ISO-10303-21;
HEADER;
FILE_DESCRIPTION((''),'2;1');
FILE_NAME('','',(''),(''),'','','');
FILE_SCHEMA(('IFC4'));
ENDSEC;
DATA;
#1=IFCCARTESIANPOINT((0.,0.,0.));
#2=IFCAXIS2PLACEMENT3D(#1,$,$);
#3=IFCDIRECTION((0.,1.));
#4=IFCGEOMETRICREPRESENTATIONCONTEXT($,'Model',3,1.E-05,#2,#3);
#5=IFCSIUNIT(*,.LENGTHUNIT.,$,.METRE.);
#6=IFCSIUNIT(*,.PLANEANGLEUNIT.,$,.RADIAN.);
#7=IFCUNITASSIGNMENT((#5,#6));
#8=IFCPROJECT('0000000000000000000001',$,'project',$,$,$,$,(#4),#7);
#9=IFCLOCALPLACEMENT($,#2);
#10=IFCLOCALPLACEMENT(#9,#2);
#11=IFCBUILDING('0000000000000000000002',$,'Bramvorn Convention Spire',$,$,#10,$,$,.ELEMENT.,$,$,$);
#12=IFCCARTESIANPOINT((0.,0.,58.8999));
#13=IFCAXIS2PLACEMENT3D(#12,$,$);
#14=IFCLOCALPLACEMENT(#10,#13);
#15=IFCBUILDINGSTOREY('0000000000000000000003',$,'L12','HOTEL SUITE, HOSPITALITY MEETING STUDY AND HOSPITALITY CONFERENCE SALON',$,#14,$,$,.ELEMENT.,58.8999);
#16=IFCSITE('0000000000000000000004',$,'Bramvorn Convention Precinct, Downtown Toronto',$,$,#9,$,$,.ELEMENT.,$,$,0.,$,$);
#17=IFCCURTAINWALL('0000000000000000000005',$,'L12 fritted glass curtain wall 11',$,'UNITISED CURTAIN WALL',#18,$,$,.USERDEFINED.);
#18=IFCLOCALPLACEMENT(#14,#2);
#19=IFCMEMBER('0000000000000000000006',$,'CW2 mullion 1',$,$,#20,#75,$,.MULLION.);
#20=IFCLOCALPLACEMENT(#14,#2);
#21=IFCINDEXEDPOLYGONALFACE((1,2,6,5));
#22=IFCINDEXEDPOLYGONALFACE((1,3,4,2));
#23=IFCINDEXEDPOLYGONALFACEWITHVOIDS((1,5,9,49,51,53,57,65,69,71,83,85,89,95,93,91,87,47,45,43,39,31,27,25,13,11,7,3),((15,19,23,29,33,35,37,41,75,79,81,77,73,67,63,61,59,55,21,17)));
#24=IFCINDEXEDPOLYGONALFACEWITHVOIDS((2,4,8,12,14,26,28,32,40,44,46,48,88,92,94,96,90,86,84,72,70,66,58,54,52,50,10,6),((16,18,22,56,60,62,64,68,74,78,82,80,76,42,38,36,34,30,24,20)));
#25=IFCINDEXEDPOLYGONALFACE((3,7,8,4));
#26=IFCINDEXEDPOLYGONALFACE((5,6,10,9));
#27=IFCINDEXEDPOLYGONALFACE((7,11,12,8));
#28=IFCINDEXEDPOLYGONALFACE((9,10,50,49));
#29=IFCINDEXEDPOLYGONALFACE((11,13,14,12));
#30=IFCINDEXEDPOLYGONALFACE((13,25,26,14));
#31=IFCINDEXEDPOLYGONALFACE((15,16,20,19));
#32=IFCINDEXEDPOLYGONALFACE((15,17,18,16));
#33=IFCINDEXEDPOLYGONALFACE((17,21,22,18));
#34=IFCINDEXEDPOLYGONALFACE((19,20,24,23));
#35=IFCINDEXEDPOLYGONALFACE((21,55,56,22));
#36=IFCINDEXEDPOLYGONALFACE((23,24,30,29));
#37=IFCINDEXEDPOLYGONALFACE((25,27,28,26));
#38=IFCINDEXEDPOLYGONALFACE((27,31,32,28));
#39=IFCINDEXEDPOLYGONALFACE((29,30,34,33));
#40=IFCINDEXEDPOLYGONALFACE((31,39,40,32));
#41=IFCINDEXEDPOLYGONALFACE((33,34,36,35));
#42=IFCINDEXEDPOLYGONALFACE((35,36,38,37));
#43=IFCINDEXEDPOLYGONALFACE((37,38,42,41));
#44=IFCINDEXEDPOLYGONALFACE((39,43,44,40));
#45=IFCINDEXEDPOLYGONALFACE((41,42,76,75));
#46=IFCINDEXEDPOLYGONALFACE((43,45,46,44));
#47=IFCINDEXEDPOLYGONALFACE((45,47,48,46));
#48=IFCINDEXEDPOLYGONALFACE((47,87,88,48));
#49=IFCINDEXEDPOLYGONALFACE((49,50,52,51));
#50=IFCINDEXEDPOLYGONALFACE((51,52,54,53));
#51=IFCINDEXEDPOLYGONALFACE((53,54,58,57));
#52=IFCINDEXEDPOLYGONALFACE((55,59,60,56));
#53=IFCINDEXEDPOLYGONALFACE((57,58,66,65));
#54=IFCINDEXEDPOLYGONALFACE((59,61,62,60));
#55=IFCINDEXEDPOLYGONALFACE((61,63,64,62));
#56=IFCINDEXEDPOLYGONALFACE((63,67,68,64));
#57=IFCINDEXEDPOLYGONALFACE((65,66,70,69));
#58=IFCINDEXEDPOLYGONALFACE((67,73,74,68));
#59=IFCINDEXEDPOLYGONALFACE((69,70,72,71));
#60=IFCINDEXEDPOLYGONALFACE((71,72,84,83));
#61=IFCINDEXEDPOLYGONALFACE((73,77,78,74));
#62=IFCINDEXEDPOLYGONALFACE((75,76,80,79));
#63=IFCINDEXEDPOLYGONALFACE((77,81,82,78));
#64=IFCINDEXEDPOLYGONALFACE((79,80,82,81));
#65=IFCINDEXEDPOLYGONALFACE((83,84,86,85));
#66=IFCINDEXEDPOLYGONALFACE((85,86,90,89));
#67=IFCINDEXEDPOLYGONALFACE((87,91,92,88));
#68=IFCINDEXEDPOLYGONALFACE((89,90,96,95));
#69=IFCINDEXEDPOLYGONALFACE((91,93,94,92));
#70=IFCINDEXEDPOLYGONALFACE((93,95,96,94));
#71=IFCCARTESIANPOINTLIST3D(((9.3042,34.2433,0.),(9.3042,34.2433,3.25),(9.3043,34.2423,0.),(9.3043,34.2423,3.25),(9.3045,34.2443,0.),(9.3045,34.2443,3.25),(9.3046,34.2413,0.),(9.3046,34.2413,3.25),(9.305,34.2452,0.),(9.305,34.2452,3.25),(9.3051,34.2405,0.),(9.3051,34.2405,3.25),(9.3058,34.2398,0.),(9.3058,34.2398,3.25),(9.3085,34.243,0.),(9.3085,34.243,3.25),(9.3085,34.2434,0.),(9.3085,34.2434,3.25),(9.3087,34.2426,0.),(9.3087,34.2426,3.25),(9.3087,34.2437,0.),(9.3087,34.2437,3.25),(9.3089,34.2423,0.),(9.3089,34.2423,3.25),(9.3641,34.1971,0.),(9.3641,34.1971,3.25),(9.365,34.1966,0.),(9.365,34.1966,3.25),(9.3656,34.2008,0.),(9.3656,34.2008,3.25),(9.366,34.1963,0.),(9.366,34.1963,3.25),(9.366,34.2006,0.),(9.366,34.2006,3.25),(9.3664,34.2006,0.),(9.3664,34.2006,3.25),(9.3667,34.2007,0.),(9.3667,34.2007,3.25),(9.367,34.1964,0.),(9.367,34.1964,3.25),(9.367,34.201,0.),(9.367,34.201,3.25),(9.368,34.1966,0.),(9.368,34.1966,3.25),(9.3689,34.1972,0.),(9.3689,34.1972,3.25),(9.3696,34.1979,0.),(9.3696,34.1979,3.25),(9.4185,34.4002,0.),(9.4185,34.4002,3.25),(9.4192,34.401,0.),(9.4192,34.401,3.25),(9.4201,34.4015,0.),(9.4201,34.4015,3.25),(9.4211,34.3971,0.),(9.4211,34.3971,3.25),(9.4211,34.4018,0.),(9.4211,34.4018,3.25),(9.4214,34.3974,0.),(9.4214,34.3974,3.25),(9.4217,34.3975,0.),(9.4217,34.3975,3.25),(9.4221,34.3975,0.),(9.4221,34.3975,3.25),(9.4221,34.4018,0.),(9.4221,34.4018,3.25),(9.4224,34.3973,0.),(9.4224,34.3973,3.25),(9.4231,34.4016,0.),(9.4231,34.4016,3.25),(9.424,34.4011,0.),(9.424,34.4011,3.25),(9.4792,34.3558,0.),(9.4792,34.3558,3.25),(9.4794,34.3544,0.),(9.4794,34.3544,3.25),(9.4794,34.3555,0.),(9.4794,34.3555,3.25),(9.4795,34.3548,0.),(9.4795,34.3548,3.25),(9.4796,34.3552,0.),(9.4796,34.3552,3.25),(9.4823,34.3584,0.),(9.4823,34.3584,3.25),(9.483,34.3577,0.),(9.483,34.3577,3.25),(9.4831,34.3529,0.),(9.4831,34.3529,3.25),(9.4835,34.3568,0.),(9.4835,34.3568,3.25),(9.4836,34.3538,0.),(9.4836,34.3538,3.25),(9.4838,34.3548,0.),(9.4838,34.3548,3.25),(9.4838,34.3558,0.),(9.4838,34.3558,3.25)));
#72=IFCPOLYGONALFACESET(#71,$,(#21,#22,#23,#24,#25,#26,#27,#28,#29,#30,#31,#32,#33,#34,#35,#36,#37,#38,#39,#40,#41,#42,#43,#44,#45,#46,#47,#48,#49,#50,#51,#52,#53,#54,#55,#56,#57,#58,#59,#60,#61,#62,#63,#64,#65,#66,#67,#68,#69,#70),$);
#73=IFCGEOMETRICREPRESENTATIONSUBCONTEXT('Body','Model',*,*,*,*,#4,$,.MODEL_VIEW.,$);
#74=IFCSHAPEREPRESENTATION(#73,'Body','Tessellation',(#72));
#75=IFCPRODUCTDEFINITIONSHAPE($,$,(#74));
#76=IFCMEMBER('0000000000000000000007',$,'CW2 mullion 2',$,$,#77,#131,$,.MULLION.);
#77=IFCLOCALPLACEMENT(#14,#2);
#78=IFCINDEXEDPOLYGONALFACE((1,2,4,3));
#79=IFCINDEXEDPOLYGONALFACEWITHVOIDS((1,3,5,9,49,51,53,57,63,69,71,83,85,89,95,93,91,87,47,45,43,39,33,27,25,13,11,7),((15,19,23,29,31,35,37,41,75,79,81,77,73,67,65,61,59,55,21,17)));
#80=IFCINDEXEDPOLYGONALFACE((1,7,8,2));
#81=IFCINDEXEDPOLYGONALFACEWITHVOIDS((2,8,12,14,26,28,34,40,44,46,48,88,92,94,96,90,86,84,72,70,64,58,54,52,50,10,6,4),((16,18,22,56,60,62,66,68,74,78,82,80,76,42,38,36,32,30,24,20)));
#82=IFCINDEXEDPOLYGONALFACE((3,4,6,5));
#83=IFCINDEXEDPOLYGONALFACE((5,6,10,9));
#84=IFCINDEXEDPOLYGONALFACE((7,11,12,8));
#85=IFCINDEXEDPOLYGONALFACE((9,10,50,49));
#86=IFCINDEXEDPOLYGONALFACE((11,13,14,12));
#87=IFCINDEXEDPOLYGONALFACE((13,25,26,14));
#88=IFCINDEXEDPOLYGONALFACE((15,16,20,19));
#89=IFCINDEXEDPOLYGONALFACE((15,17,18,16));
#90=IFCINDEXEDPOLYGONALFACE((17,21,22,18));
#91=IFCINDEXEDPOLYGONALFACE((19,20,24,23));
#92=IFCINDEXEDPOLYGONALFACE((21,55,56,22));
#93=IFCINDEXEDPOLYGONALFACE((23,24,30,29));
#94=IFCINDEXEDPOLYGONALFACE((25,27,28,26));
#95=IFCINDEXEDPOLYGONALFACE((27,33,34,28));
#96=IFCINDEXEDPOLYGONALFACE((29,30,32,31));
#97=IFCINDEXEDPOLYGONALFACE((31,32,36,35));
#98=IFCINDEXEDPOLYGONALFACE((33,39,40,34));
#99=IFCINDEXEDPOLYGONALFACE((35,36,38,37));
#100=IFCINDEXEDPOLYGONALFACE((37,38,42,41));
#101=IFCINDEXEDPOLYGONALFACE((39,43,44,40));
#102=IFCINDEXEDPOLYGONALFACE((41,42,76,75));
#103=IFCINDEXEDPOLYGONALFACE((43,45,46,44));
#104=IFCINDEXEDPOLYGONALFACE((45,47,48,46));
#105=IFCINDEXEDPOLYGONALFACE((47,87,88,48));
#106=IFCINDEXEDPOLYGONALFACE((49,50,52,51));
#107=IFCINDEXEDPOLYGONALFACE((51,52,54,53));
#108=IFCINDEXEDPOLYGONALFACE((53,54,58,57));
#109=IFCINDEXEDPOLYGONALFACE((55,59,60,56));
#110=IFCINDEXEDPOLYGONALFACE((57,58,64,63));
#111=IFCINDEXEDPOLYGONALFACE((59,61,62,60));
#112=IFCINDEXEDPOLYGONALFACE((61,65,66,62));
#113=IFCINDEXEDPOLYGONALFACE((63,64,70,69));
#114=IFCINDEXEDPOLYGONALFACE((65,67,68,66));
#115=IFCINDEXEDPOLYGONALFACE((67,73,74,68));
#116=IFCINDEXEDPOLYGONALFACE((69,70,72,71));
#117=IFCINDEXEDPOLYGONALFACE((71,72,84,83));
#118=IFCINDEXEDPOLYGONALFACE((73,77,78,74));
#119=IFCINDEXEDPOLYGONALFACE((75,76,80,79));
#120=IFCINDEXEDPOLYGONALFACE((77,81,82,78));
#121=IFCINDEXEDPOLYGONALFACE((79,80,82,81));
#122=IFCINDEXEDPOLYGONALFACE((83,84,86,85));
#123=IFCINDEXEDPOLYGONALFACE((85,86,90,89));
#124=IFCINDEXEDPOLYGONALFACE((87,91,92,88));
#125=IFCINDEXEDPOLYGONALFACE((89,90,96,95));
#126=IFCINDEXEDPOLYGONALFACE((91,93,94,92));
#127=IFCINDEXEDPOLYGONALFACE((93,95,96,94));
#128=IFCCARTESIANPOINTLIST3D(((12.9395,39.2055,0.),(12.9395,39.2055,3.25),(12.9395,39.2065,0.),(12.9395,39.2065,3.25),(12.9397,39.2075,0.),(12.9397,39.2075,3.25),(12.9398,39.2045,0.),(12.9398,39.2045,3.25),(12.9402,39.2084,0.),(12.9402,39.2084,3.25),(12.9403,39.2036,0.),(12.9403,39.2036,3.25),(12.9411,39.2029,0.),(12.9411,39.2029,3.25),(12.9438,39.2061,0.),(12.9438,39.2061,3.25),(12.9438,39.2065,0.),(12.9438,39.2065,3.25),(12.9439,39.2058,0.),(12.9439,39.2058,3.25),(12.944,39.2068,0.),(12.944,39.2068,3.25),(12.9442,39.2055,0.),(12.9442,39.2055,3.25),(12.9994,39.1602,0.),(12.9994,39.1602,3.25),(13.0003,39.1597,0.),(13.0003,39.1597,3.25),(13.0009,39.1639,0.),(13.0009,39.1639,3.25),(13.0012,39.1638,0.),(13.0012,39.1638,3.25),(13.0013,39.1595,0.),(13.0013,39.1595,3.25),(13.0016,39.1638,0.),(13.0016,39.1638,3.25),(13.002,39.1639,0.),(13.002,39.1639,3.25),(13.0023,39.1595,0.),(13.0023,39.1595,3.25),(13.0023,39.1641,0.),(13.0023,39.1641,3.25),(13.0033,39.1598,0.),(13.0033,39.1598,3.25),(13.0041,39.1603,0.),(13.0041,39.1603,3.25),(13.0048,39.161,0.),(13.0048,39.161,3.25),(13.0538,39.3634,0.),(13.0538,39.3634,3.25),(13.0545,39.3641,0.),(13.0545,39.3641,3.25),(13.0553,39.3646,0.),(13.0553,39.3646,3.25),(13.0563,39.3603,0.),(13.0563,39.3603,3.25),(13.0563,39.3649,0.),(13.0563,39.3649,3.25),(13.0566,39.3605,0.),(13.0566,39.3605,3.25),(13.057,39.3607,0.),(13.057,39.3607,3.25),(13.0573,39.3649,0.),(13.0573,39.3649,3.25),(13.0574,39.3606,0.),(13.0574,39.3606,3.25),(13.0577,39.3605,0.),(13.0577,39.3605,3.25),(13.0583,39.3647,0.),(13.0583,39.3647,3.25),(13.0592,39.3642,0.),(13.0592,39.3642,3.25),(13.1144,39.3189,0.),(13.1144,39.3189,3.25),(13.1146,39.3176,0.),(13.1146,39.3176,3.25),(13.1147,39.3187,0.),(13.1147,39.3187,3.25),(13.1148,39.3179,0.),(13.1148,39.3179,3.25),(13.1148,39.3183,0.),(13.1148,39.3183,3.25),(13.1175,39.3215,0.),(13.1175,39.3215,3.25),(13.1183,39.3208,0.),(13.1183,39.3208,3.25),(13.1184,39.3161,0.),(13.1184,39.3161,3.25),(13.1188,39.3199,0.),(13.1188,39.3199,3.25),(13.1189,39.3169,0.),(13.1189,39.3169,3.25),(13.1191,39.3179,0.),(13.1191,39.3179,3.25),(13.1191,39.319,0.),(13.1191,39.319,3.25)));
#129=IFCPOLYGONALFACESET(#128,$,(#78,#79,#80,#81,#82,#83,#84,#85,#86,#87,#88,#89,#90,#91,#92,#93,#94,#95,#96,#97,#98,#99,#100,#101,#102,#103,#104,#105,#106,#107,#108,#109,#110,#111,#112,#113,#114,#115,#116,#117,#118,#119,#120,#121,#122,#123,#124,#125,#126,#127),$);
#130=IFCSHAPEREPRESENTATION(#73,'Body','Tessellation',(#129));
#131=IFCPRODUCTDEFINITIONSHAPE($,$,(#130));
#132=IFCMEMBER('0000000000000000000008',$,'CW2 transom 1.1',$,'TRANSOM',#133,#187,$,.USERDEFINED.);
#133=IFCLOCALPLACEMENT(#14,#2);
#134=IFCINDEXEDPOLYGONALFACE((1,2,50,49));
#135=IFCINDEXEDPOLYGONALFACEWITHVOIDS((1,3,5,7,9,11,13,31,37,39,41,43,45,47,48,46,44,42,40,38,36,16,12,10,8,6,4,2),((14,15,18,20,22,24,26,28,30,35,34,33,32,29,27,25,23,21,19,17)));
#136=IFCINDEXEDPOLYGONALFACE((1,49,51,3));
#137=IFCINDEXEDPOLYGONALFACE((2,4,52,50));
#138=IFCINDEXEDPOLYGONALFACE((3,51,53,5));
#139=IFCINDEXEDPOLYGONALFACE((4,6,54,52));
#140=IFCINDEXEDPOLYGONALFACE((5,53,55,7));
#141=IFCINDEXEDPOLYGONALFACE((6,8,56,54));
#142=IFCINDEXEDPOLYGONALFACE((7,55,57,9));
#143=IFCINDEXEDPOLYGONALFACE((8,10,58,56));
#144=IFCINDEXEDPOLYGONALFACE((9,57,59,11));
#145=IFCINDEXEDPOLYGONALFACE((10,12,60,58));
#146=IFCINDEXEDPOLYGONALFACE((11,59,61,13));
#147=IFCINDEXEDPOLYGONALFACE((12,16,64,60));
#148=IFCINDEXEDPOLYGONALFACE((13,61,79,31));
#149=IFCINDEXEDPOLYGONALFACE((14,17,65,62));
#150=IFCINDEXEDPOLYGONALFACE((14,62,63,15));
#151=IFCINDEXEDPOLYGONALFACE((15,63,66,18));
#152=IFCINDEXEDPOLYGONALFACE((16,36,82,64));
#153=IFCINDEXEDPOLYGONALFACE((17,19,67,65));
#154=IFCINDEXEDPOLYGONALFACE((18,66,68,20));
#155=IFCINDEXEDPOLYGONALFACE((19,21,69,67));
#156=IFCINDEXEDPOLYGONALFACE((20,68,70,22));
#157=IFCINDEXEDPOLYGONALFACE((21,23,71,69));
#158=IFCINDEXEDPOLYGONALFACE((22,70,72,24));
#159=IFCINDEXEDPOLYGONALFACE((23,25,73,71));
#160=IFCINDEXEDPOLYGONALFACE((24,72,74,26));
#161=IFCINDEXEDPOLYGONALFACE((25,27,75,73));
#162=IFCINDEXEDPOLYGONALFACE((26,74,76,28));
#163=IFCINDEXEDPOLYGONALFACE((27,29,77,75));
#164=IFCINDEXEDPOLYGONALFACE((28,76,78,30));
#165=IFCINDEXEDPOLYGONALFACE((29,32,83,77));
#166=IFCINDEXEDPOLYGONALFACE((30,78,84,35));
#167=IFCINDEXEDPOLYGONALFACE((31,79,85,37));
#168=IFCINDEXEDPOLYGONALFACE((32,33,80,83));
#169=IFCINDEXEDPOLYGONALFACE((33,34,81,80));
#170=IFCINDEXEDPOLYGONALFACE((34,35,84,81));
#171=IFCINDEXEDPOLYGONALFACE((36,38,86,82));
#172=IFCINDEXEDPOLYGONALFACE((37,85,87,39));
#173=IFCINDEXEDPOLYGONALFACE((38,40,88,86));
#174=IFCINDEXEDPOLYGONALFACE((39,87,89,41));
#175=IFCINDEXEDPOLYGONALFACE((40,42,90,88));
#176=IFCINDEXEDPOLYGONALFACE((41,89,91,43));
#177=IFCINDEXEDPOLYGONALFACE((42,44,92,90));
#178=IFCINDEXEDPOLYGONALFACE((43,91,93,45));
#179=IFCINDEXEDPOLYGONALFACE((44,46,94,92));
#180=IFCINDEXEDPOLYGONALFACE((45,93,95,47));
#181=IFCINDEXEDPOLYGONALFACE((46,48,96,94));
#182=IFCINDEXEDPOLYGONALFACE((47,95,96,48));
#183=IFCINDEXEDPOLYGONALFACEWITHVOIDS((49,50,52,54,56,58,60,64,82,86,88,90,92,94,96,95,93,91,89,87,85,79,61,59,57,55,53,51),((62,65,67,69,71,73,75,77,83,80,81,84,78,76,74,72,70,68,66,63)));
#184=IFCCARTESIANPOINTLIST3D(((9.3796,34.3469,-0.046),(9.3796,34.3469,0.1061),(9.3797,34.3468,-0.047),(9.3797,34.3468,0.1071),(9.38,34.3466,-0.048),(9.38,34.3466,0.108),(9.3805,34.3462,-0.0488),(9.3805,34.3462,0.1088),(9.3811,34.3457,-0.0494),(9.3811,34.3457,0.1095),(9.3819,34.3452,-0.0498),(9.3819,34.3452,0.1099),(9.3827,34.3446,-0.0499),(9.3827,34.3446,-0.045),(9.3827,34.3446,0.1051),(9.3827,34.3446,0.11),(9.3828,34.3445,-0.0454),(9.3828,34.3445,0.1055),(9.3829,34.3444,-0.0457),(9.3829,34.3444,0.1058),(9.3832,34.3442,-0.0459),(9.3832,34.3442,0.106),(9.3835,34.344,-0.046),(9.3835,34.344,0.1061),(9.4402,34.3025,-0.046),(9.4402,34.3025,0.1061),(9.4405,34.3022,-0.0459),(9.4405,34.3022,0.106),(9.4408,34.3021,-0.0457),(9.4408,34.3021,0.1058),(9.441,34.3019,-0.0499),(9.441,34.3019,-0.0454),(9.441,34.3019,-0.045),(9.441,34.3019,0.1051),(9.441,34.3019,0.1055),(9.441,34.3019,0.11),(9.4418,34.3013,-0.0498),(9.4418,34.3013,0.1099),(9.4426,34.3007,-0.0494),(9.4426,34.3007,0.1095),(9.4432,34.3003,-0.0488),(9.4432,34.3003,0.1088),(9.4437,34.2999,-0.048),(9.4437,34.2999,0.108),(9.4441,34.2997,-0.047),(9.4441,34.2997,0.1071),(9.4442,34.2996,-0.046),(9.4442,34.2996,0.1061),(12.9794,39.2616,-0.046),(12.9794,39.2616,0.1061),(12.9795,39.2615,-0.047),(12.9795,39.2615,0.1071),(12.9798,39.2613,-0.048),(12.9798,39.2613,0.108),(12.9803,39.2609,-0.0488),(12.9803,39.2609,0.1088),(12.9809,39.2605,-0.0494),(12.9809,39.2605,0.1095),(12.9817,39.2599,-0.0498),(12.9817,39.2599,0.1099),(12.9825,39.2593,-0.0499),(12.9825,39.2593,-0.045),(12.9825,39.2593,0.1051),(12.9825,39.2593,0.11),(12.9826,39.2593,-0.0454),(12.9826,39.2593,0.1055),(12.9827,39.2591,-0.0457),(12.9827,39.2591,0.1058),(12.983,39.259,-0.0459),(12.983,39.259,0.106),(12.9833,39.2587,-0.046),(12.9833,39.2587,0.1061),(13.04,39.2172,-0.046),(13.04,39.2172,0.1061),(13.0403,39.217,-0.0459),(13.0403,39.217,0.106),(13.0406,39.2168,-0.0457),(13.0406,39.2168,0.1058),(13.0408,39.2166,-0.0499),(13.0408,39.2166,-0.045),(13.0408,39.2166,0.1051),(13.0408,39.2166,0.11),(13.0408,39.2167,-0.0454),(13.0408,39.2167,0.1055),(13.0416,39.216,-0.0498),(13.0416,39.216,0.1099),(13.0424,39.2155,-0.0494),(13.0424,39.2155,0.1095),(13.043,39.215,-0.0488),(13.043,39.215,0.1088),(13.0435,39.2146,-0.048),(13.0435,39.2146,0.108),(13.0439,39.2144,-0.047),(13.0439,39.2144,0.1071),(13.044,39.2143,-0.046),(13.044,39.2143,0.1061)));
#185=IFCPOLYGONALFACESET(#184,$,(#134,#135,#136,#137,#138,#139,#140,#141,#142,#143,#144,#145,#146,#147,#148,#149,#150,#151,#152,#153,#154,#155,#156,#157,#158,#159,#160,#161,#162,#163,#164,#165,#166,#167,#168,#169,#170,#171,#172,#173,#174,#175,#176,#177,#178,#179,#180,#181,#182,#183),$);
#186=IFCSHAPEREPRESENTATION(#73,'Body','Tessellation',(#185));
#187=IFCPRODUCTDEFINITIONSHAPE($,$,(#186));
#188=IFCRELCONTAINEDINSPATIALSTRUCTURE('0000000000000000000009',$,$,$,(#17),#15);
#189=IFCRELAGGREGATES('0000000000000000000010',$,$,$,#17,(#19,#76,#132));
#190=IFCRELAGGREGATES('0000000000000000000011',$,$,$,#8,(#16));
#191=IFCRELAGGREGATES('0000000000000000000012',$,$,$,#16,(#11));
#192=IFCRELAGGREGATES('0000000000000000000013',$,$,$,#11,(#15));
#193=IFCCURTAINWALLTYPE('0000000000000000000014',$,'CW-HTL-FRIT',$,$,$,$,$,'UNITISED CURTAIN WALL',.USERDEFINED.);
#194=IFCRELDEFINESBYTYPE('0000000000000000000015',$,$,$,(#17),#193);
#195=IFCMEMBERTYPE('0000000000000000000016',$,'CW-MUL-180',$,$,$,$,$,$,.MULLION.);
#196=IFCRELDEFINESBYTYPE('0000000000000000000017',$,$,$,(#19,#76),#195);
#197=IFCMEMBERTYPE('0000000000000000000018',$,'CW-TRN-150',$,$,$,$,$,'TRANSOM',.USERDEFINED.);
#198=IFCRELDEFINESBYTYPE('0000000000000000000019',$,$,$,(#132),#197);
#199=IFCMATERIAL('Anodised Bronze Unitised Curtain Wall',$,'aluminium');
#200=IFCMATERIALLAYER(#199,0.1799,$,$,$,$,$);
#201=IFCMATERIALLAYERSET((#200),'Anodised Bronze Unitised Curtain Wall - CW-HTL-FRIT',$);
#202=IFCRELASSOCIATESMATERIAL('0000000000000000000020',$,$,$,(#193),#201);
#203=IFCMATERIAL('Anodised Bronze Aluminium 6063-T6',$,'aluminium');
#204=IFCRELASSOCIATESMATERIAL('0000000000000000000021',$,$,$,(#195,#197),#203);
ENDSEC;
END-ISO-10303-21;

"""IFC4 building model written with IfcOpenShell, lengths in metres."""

from ifc_helpers import new_model, si_unit, direction, frame, origin, origin_2d, place, context, subcontext, project, spatial, hollow_rectangle, extrude, material, layer, layer_set, material_profile, profile_set, type_object, element, aggregate, save


model = new_model("IFC4")

# Units and contexts
model_context = context("Model", 3, precision=1e-05, world=origin(), true_north=direction((0.0, 1.0)))
body_context = subcontext(model_context, "Body", "Model", "MODEL_VIEW")
ifc_project = project(units=[si_unit("LENGTHUNIT", "METRE"), si_unit("PLANEANGLEUNIT", "RADIAN")], contexts=[model_context])

# Site, building, storey
site_placement = place(None, origin())
site = spatial("IfcSite", under=ifc_project, at=site_placement, Name="Bramvorn Convention Precinct, Downtown Toronto", CompositionType="ELEMENT", RefElevation=0.0)
building_placement = place(site_placement, origin())
building = spatial("IfcBuilding", under=site, at=building_placement, Name="Bramvorn Convention Spire", CompositionType="ELEMENT")
storey_placement = place(building_placement, frame((0.0, 0.0, 58.8999)))
storey = spatial("IfcBuildingStorey", under=building, at=storey_placement, Name="L12", Description="HOTEL SUITE, HOSPITALITY MEETING STUDY AND HOSPITALITY CONFERENCE SALON", CompositionType="ELEMENT", Elevation=58.8999)

# Curtain wall, members
ifc_material_1 = material(Name="Anodised Bronze Unitised Curtain Wall", Category="aluminium")
ifc_layer_1 = layer(ifc_material_1, 0.1799)
ifc_layer_set_1 = layer_set([ifc_layer_1], Name="Anodised Bronze Unitised Curtain Wall - CW-HTL-FRIT")
curtain_wall_type = type_object("IfcCurtainWallType", Name="CW-HTL-FRIT", ElementType="UNITISED CURTAIN WALL", PredefinedType="USERDEFINED", material=ifc_layer_set_1)
curtain_wall_placement = place(storey_placement, origin())
curtain_wall = element("IfcCurtainWall", 1, at=curtain_wall_placement, inside=storey, type_object=curtain_wall_type, Name="L12 fritted glass curtain wall 11", ObjectType="UNITISED CURTAIN WALL", PredefinedType="USERDEFINED")
ifc_material_2 = material(Name="Anodised Bronze Aluminium 6063-T6", Category="aluminium")
ifc_material_profile_1 = material_profile(ifc_material_2, hollow_rectangle(XDim=0.0801, YDim=0.2, WallThickness=0.0039, InnerFilletRadius=0.001, OuterFilletRadius=0.0039, at=origin_2d()))
ifc_profile_set_1 = profile_set([ifc_material_profile_1], Name="Anodised Bronze Aluminium 6063-T6 - CWM80X200")
member_type_1 = type_object("IfcMemberType", Name="CW-MUL-180", PredefinedType="MULLION", material=ifc_profile_set_1)
member_1_placement = place(storey_placement, frame((9.394, 34.2991, 0.0), z_axis=(0.0, 0.0, 1.0), x_axis=(-0.806743, 0.590903, 0.0)))
member_1 = element("IfcMember", 2, at=member_1_placement, type_object=member_type_1, Name="CW2 mullion 1", PredefinedType="MULLION", context=body_context, shape_type="SweptSolid", body=[
    extrude(hollow_rectangle(XDim=0.0801, YDim=0.2, WallThickness=0.0039, InnerFilletRadius=0.001, OuterFilletRadius=0.0039, at=origin_2d()), origin(), (0.0, 0.0, 1.0), 3.25),
])
member_2_placement = place(storey_placement, frame((13.0293, 39.2622, 0.0), z_axis=(0.0, 0.0, 1.0), x_axis=(-0.806743, 0.590903, 0.0)))
member_2 = element("IfcMember", 3, at=member_2_placement, type_object=member_type_1, Name="CW2 mullion 2", PredefinedType="MULLION", context=body_context, shape_type="SweptSolid", body=[
    extrude(hollow_rectangle(XDim=0.0801, YDim=0.2, WallThickness=0.0039, InnerFilletRadius=0.001, OuterFilletRadius=0.0039, at=origin_2d()), origin(), (0.0, 0.0, 1.0), 3.25),
])
ifc_material_profile_2 = material_profile(ifc_material_2, hollow_rectangle(XDim=0.0801, YDim=0.1599, WallThickness=0.0039, InnerFilletRadius=0.001, OuterFilletRadius=0.0039, at=origin_2d()))
ifc_profile_set_2 = profile_set([ifc_material_profile_2], Name="Anodised Bronze Aluminium 6063-T6 - CWT80X160")
member_type_2 = type_object("IfcMemberType", Name="CW-TRN-150", ElementType="TRANSOM", PredefinedType="USERDEFINED", material=ifc_profile_set_2)
member_3_placement = place(storey_placement, frame((9.4119, 34.3232, 0.03), z_axis=(0.590901, 0.806744, 0.0), x_axis=(-0.806744, 0.590901, 0.0)))
member_3 = element("IfcMember", 4, at=member_3_placement, type_object=member_type_2, Name="CW2 transom 1.1", ObjectType="TRANSOM", PredefinedType="USERDEFINED", context=body_context, shape_type="SweptSolid", body=[
    extrude(hollow_rectangle(XDim=0.0801, YDim=0.1599, WallThickness=0.0039, InnerFilletRadius=0.001, OuterFilletRadius=0.0039, at=origin_2d()), origin(), (0.0, 0.0, 1.0), 6.092),
])
aggregate(curtain_wall, [member_1, member_2, member_3])

save(model, "model.ifc")
